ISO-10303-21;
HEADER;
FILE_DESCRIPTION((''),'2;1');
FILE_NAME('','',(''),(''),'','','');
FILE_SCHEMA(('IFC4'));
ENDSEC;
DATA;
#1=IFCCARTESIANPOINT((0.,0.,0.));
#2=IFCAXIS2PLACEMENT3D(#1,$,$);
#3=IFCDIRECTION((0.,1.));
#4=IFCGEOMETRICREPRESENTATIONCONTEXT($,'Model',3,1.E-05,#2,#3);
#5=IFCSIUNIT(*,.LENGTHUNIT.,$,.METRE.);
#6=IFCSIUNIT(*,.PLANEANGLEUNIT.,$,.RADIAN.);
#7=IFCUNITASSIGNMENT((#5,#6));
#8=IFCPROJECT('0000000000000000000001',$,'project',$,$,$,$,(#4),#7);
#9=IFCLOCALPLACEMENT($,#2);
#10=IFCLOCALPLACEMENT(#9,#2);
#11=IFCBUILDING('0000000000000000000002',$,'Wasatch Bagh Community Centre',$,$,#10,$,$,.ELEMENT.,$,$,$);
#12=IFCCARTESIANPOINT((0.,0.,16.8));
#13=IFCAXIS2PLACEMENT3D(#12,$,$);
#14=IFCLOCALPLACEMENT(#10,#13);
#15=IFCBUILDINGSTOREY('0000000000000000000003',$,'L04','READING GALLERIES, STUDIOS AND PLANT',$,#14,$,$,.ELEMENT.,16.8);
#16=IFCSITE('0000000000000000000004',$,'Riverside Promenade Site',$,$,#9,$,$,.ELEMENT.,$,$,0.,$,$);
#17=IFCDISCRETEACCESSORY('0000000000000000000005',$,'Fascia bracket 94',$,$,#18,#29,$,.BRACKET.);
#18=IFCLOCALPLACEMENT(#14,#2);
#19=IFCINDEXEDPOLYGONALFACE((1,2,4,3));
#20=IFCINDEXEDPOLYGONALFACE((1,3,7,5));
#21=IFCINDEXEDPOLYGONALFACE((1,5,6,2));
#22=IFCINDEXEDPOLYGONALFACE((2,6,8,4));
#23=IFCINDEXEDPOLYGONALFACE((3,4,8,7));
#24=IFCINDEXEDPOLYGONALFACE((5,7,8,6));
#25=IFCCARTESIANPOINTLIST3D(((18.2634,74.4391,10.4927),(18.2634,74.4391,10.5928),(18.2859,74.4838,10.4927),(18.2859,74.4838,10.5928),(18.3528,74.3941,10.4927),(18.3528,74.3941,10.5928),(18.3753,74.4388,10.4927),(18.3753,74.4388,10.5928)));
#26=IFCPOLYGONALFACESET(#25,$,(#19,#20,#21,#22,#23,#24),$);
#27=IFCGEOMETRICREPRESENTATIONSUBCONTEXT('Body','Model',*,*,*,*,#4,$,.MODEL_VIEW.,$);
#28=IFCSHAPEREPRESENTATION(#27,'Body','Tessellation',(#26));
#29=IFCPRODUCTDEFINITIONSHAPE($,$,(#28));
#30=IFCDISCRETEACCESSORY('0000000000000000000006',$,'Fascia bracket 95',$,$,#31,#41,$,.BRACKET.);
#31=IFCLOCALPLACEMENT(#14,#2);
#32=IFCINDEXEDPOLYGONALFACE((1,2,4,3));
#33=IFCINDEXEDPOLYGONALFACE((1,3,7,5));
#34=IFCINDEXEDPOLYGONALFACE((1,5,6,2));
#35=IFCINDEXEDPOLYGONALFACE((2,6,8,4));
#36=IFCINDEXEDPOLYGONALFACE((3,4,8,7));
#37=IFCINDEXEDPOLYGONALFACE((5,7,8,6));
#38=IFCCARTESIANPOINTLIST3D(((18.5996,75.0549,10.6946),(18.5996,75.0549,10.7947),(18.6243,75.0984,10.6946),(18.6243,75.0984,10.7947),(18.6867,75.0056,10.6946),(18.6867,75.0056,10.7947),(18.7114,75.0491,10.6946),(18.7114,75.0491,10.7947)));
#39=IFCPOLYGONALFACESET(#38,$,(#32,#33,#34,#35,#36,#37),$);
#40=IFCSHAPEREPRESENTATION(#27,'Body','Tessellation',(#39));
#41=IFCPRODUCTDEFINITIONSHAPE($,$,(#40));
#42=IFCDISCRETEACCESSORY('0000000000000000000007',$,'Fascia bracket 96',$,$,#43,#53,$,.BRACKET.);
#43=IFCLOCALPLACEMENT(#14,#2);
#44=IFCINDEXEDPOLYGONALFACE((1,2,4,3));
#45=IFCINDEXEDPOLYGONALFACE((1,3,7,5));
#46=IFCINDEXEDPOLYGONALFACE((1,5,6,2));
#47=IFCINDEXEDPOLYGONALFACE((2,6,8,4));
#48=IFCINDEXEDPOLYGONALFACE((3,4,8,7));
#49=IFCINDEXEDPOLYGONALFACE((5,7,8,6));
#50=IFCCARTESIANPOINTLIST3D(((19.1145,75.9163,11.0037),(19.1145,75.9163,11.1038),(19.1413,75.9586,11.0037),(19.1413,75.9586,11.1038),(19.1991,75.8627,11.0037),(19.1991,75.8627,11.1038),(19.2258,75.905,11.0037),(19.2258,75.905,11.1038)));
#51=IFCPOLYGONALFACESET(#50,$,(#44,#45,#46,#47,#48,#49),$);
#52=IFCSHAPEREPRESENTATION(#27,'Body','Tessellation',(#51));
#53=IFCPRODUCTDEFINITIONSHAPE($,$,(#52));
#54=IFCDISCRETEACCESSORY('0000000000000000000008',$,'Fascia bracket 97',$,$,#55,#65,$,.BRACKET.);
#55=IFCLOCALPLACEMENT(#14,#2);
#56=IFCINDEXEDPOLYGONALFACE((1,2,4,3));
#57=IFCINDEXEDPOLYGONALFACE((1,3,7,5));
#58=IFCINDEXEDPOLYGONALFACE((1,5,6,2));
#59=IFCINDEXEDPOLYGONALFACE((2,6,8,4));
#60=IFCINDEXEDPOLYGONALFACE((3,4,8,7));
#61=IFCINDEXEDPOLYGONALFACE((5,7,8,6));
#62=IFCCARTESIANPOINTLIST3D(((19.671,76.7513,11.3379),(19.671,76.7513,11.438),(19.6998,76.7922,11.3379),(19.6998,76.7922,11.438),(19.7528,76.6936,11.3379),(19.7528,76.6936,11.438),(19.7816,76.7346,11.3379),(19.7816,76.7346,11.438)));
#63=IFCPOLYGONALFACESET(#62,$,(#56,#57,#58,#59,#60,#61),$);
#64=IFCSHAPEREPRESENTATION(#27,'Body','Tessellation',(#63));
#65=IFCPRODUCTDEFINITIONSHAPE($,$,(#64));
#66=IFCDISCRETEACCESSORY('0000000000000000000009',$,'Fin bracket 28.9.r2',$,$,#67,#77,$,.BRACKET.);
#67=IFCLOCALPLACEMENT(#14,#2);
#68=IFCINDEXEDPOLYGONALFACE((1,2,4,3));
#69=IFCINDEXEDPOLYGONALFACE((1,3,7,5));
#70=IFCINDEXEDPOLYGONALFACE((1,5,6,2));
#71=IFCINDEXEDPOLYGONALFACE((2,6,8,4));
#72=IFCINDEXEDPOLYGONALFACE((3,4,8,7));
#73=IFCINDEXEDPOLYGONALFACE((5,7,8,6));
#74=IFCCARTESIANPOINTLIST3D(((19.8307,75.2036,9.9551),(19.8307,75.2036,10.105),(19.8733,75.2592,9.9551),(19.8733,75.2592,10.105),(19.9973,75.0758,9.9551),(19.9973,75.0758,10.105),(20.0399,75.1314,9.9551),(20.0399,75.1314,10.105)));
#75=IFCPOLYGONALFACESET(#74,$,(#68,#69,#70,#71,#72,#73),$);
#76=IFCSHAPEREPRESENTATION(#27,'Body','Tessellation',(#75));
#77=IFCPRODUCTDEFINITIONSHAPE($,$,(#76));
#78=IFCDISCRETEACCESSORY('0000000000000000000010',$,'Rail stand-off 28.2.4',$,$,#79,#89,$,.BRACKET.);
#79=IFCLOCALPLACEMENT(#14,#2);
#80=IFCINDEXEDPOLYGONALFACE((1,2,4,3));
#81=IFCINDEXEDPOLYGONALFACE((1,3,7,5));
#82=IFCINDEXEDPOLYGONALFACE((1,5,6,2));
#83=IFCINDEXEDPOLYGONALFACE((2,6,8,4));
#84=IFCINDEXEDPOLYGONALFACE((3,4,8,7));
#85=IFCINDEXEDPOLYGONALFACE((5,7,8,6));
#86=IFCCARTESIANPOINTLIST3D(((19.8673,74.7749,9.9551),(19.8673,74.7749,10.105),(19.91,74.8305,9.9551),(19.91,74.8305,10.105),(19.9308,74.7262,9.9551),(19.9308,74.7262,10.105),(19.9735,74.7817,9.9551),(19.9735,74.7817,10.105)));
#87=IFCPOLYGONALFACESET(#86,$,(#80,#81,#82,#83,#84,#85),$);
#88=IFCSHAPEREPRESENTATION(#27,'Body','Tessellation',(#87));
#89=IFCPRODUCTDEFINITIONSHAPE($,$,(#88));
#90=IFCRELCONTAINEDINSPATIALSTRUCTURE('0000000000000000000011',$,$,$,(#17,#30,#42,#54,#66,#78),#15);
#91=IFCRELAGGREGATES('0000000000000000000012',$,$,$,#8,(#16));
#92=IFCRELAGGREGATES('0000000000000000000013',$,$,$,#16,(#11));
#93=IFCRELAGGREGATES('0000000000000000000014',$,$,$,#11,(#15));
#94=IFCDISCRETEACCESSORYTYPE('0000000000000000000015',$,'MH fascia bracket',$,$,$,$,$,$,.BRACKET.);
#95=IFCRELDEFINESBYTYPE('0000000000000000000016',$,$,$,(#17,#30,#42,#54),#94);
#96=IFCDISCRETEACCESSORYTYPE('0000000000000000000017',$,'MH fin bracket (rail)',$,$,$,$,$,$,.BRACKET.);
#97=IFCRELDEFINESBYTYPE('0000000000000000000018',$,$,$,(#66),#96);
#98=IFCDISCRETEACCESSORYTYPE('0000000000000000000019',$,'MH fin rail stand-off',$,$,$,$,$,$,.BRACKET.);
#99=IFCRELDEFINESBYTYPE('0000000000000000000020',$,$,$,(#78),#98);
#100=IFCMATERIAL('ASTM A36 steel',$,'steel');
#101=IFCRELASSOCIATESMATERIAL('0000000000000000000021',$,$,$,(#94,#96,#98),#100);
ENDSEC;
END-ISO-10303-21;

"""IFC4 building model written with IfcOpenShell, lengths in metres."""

from ifc_helpers import new_model, si_unit, direction, frame, origin, origin_2d, place, context, subcontext, project, spatial, rectangle, extrude, material, type_object, element, save


model = new_model("IFC4")

# Units and contexts
model_context = context("Model", 3, precision=1e-05, world=origin(), true_north=direction((0.0, 1.0)))
body_context = subcontext(model_context, "Body", "Model", "MODEL_VIEW")
ifc_project = project(units=[si_unit("LENGTHUNIT", "METRE"), si_unit("PLANEANGLEUNIT", "RADIAN")], contexts=[model_context])

# Site, building, storey
site_placement = place(None, origin())
site = spatial("IfcSite", under=ifc_project, at=site_placement, Name="Riverside Promenade Site", CompositionType="ELEMENT", RefElevation=0.0)
building_placement = place(site_placement, origin())
building = spatial("IfcBuilding", under=site, at=building_placement, Name="Wasatch Bagh Community Centre", CompositionType="ELEMENT")
storey_placement = place(building_placement, frame((0.0, 0.0, 16.8)))
storey = spatial("IfcBuildingStorey", under=building, at=storey_placement, Name="L04", Description="READING GALLERIES, STUDIOS AND PLANT", CompositionType="ELEMENT", Elevation=16.8)

# Discrete accessories
ifc_material_1 = material(Name="ASTM A36 steel", Category="steel")
discrete_accessory_type_1 = type_object("IfcDiscreteAccessoryType", Name="MH fascia bracket", PredefinedType="BRACKET", material=ifc_material_1)
for number, where, z_axis, x_axis, name in (
    (1, (18.3193, 74.439, 10.4927), (0.0, 0.0, 1.0), (-0.893224, 0.449611, 0.0), "Fascia bracket 94"),
    (2, (18.6555, 75.052, 10.6946), (0.0, 0.0, 1.0), (-0.870087, 0.492898, 0.0), "Fascia bracket 95"),
    (3, (19.1702, 75.9106, 11.0037), (0.0, 0.0, 1.0), (-0.844854, 0.534998, 0.0), "Fascia bracket 96"),
    (4, (19.7263, 76.7429, 11.3379), (0.0, 0.0, 1.0), (-0.817585, 0.575808, 0.0), "Fascia bracket 97"),
):
    element("IfcDiscreteAccessory", number, at=place(storey_placement, frame(where, z_axis=z_axis, x_axis=x_axis)), inside=storey, type_object=discrete_accessory_type_1, Name=name, PredefinedType="BRACKET", context=body_context, shape_type="SweptSolid", body=[
        extrude(rectangle(XDim=0.1001, YDim=0.05, at=origin_2d()), origin(), (0.0, 0.0, 1.0), 0.1001),
    ])
discrete_accessory_type_2 = type_object("IfcDiscreteAccessoryType", Name="MH fin bracket (rail)", PredefinedType="BRACKET", material=ifc_material_1)
discrete_accessory_1_placement = place(storey_placement, frame((19.9353, 75.1675, 9.9551), z_axis=(0.0, 0.0, 1.0), x_axis=(-0.608761, -0.793353, 0.0)))
element("IfcDiscreteAccessory", 5, at=discrete_accessory_1_placement, inside=storey, type_object=discrete_accessory_type_2, Name="Fin bracket 28.9.r2", PredefinedType="BRACKET", context=body_context, shape_type="SweptSolid", body=[
    extrude(rectangle(XDim=0.0701, YDim=0.21, at=origin_2d()), origin(), (0.0, 0.0, 1.0), 0.1499),
])
discrete_accessory_type_3 = type_object("IfcDiscreteAccessoryType", Name="MH fin rail stand-off", PredefinedType="BRACKET", material=ifc_material_1)
discrete_accessory_2_placement = place(storey_placement, frame((19.9204, 74.7783, 9.9551), z_axis=(0.0, 0.0, 1.0), x_axis=(-0.608761, -0.793353, 0.0)))
element("IfcDiscreteAccessory", 6, at=discrete_accessory_2_placement, inside=storey, type_object=discrete_accessory_type_3, Name="Rail stand-off 28.2.4", PredefinedType="BRACKET", context=body_context, shape_type="SweptSolid", body=[
    extrude(rectangle(XDim=0.0701, YDim=0.0801, at=origin_2d()), origin(), (0.0, 0.0, 1.0), 0.1499),
])

save(model, "model.ifc")
